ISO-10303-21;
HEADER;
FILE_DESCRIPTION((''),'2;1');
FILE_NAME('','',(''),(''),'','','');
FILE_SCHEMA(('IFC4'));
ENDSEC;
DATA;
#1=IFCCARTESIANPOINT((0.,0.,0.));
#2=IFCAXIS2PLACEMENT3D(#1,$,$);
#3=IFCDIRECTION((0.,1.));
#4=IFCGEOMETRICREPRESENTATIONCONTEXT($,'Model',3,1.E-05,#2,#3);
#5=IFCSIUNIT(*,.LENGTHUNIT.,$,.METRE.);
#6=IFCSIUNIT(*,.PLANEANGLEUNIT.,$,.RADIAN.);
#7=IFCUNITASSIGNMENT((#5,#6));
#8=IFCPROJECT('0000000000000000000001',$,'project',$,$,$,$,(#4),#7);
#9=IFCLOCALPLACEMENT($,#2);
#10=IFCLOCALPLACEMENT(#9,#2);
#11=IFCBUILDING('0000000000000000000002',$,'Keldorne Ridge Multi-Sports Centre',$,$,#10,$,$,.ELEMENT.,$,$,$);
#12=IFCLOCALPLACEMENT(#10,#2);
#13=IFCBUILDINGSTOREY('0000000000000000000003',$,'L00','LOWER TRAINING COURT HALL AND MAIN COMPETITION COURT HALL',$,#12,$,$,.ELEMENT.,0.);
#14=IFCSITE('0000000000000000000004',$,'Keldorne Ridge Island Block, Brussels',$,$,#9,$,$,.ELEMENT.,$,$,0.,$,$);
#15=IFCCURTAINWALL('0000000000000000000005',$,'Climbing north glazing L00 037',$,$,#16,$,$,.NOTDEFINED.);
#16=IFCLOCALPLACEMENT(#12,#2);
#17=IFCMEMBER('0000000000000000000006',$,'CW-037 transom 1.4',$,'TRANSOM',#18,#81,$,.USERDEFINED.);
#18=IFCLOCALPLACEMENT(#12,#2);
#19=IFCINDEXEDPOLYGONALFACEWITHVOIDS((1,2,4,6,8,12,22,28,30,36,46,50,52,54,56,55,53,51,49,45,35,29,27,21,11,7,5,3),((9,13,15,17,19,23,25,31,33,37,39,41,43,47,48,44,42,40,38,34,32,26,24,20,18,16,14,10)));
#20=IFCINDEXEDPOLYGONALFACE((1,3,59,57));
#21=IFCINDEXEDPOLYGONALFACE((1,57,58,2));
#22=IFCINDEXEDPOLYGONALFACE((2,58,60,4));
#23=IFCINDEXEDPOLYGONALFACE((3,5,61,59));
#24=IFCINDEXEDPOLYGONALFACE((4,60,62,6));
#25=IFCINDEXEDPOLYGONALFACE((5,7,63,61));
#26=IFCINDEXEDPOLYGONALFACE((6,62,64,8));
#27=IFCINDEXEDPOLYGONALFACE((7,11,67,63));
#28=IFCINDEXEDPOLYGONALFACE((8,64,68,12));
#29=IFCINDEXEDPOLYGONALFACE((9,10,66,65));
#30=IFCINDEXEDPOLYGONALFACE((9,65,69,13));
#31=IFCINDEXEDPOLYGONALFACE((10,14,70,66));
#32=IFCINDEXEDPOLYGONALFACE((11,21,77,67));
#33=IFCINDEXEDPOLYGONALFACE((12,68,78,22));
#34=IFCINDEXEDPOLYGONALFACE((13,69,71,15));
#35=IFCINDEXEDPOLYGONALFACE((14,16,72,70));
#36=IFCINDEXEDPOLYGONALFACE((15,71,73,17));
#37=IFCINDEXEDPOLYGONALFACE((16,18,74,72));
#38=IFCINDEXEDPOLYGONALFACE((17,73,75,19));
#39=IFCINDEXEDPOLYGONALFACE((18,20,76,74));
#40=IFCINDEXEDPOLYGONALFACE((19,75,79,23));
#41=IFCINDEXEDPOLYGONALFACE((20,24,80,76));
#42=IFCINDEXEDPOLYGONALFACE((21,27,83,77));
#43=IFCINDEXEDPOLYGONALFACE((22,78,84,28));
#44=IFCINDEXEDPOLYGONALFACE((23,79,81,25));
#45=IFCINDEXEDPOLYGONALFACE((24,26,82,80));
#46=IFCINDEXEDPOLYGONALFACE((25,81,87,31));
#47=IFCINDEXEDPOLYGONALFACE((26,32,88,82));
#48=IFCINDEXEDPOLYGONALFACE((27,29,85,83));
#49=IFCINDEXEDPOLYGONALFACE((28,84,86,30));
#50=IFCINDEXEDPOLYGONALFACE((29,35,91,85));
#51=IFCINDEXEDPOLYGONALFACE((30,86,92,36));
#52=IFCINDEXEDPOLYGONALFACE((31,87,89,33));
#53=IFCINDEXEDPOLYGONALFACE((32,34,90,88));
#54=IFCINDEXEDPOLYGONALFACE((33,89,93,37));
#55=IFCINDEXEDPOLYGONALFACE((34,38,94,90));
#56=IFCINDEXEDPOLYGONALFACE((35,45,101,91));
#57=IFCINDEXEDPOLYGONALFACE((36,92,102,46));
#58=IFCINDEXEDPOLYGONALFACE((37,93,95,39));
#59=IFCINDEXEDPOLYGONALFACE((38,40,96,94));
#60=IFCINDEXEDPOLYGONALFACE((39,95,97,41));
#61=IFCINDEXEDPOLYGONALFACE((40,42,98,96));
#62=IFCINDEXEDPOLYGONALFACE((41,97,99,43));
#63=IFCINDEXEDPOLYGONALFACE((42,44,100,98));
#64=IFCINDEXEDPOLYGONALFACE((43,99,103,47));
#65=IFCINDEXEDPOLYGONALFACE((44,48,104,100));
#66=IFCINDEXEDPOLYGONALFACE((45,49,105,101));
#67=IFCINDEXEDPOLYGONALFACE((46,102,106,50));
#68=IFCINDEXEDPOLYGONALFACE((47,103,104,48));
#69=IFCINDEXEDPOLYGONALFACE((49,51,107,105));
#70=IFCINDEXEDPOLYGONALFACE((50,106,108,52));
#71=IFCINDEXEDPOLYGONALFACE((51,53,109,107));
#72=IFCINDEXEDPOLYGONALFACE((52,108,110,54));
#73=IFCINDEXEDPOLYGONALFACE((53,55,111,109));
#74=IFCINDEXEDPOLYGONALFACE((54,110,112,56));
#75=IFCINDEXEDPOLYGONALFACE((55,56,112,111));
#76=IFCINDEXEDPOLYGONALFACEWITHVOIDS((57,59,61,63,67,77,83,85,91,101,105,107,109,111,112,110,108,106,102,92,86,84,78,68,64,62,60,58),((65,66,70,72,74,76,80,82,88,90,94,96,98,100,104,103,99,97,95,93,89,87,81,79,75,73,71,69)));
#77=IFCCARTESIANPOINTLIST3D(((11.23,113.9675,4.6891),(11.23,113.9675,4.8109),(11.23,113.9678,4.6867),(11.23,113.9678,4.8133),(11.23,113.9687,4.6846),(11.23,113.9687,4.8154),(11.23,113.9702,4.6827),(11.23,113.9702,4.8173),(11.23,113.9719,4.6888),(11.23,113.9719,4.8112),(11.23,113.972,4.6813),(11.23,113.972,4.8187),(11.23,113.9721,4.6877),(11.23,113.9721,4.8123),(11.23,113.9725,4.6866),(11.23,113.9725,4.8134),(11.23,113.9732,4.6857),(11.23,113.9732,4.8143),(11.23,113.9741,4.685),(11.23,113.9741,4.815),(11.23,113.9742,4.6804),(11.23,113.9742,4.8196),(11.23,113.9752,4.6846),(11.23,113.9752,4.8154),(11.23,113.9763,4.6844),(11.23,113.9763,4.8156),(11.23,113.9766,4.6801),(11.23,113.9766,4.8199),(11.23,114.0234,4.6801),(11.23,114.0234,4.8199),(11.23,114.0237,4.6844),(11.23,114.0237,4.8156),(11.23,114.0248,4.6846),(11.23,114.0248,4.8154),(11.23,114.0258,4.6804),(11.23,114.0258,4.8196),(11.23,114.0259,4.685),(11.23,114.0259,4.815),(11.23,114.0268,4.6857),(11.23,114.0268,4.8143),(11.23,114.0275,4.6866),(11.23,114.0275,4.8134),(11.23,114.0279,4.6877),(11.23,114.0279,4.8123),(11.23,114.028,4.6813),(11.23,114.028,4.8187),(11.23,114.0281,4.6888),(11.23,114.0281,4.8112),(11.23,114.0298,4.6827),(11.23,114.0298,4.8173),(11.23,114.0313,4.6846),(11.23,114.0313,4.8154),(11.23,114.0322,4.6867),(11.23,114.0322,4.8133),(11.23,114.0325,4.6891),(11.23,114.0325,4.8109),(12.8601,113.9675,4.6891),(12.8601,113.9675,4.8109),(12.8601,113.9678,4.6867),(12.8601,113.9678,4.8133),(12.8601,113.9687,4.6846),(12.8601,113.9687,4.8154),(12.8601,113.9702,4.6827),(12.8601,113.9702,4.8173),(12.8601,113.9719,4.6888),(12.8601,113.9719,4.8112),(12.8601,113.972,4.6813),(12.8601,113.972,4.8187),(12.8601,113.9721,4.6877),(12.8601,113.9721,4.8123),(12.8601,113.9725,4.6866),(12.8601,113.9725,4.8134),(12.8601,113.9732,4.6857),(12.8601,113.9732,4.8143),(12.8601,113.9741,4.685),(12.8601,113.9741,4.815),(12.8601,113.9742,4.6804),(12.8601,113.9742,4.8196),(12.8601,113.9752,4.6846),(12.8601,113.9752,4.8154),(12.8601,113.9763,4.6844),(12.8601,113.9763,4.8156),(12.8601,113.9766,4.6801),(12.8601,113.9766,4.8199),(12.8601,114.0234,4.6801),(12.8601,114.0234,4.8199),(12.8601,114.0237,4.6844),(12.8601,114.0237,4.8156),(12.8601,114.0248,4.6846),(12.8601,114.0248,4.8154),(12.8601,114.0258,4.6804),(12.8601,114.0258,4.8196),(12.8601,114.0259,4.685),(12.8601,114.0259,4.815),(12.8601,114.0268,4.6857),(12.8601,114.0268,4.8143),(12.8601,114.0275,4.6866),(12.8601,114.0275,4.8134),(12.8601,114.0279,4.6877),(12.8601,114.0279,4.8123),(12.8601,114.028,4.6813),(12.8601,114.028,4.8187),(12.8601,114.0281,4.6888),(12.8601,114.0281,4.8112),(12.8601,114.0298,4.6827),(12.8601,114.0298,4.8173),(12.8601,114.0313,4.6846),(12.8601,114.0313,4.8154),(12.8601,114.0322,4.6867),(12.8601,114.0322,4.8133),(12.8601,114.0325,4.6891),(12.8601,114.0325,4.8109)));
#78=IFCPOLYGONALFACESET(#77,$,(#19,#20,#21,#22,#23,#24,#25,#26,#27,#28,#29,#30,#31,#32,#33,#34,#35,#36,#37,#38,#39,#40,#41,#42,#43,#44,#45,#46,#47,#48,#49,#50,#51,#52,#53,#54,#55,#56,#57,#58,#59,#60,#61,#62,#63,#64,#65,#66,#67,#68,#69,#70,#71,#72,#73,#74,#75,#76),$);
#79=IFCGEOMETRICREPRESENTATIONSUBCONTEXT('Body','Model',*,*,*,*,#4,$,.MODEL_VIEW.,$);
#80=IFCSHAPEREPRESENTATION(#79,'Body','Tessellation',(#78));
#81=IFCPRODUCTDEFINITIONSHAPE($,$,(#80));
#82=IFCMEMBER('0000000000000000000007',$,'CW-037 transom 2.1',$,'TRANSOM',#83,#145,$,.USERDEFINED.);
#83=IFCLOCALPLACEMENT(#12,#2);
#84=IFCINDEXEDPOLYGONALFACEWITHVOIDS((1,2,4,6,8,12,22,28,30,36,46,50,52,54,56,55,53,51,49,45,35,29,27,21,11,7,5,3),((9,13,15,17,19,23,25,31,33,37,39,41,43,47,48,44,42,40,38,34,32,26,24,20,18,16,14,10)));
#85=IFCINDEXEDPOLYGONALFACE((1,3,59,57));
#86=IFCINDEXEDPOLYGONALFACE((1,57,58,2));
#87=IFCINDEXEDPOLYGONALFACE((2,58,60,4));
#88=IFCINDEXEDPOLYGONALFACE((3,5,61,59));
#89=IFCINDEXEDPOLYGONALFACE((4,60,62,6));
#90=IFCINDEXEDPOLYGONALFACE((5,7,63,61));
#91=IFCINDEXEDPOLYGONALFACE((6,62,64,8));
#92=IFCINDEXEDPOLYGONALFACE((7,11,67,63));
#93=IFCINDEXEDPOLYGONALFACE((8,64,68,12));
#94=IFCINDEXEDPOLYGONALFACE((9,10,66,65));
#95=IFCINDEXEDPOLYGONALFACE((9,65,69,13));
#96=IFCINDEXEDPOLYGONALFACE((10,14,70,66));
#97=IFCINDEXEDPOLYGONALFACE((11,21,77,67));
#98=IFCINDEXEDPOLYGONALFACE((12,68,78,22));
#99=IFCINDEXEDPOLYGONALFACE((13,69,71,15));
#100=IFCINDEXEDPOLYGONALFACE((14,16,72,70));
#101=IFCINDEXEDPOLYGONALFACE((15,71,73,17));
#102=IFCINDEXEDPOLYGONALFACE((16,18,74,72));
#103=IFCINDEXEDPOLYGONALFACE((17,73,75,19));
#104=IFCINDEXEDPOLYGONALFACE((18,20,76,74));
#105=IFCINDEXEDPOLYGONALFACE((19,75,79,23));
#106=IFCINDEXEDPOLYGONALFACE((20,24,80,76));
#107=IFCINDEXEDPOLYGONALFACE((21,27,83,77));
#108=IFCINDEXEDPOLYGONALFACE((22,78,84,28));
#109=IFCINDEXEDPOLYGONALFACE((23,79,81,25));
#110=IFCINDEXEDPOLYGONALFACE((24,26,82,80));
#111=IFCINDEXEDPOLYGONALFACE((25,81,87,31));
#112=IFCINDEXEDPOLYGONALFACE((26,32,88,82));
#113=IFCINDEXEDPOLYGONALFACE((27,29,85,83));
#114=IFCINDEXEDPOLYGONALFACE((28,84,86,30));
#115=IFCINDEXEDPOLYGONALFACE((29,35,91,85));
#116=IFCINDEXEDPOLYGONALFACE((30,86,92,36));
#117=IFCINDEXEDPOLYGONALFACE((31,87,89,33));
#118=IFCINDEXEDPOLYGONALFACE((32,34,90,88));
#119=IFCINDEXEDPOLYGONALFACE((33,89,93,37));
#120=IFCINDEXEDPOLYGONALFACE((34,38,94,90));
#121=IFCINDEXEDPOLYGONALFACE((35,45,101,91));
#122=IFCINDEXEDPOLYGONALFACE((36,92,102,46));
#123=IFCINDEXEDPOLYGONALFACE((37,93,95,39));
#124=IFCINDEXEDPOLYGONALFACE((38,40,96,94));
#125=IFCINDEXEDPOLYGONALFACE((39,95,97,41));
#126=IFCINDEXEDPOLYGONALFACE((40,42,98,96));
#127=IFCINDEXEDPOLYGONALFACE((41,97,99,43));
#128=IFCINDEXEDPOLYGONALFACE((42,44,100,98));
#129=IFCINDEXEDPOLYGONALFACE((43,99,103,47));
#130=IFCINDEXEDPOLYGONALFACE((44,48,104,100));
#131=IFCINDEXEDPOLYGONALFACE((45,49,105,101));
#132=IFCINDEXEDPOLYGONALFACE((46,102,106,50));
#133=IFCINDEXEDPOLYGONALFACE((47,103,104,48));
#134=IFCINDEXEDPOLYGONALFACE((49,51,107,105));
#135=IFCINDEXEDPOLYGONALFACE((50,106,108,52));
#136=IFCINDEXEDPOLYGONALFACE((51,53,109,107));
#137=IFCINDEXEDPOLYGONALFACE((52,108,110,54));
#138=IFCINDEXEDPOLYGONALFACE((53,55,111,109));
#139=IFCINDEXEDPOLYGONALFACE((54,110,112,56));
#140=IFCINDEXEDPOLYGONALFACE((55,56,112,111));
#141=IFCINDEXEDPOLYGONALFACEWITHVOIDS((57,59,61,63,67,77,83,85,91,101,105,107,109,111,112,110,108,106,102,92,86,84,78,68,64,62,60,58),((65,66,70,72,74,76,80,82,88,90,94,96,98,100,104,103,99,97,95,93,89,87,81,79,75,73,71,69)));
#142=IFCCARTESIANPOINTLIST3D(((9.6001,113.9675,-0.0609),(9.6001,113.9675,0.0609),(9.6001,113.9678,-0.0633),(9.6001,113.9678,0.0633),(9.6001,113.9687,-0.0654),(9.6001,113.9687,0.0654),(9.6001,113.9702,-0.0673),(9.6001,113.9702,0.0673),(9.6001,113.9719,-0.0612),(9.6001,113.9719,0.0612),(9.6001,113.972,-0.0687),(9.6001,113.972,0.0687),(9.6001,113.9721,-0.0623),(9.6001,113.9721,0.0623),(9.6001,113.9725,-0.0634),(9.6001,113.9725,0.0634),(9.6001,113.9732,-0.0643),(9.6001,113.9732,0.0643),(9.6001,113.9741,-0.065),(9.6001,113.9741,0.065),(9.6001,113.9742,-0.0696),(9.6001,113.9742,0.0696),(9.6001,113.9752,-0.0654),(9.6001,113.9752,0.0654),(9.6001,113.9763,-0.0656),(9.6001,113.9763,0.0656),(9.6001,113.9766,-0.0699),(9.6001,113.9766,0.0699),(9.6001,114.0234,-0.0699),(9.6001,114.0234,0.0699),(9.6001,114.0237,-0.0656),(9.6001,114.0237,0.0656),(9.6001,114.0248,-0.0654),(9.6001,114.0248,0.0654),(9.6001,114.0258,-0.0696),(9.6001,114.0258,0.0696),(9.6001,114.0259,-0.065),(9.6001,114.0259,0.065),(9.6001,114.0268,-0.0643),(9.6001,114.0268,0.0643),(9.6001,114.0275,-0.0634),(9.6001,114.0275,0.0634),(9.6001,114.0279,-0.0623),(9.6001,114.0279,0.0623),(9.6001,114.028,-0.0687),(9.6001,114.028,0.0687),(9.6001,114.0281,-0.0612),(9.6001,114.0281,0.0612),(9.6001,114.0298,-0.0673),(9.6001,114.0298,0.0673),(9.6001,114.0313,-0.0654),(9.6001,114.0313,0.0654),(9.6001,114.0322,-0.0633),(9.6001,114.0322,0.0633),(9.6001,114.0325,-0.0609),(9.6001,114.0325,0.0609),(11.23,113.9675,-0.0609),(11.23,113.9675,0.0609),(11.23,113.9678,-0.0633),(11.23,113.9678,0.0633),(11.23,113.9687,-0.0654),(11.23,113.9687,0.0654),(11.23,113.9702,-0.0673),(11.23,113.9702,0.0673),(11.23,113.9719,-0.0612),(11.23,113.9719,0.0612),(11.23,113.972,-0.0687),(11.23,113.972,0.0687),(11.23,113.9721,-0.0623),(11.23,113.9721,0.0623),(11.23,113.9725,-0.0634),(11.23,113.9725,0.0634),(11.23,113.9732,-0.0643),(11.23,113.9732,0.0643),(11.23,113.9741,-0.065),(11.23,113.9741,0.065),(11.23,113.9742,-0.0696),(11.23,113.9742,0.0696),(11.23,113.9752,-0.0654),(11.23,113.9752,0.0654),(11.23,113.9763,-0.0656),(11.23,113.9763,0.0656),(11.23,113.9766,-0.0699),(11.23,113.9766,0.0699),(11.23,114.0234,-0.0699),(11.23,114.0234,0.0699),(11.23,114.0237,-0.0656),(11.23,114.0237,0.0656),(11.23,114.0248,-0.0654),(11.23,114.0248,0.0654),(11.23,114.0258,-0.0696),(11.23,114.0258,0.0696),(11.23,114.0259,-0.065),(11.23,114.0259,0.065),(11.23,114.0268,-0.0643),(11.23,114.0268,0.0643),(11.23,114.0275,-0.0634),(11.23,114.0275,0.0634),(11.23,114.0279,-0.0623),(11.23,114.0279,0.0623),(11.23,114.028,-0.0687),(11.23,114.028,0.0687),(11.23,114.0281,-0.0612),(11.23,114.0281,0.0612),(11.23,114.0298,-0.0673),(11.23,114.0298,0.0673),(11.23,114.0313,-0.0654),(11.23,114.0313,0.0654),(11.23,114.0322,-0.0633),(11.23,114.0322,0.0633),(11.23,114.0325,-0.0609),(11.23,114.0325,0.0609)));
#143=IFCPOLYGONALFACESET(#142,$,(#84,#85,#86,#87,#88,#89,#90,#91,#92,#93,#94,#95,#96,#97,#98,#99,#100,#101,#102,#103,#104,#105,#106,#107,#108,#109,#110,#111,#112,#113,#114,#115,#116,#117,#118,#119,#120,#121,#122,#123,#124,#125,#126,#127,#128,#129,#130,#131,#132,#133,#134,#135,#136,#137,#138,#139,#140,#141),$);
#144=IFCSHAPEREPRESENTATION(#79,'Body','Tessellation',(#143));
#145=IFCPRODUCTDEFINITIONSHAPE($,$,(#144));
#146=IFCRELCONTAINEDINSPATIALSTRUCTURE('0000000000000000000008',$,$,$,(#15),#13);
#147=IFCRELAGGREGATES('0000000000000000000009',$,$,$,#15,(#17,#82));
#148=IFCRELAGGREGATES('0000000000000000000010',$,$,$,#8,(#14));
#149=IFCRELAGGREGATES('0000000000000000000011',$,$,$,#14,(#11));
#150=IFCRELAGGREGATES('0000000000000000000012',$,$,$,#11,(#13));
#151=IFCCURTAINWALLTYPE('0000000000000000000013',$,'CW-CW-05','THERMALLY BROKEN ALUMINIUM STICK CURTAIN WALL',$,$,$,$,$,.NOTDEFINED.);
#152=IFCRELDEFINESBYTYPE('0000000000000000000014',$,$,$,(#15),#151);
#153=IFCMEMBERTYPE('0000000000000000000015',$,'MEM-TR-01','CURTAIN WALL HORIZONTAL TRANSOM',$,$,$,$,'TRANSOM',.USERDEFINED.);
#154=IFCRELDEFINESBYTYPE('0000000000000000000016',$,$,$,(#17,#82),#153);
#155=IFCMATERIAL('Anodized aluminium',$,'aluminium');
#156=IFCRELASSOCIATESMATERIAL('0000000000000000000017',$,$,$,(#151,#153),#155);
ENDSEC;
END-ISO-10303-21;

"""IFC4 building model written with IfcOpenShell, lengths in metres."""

from ifc_helpers import new_model, si_unit, direction, frame, origin, origin_2d, place, context, subcontext, project, spatial, hollow_rectangle, extrude, material, material_profile, profile_set, type_object, element, aggregate, save


model = new_model("IFC4")

# Units and contexts
model_context = context("Model", 3, precision=1e-05, world=origin(), true_north=direction((0.0, 1.0)))
body_context = subcontext(model_context, "Body", "Model", "MODEL_VIEW")
ifc_project = project(units=[si_unit("LENGTHUNIT", "METRE"), si_unit("PLANEANGLEUNIT", "RADIAN")], contexts=[model_context])

# Site, building, storey
site_placement = place(None, origin())
site = spatial("IfcSite", under=ifc_project, at=site_placement, Name="Keldorne Ridge Island Block, Brussels", CompositionType="ELEMENT", RefElevation=0.0)
building_placement = place(site_placement, origin())
building = spatial("IfcBuilding", under=site, at=building_placement, Name="Keldorne Ridge Multi-Sports Centre", CompositionType="ELEMENT")
storey_placement = place(building_placement, origin())
storey = spatial("IfcBuildingStorey", under=building, at=storey_placement, Name="L00", Description="LOWER TRAINING COURT HALL AND MAIN COMPETITION COURT HALL", CompositionType="ELEMENT", Elevation=0.0)

# Curtain wall, members
ifc_material_1 = material(Name="Anodized aluminium", Category="aluminium")
curtain_wall_type = type_object("IfcCurtainWallType", Name="CW-CW-05", Description="THERMALLY BROKEN ALUMINIUM STICK CURTAIN WALL", PredefinedType="NOTDEFINED", material=ifc_material_1)
curtain_wall_placement = place(storey_placement, origin())
curtain_wall = element("IfcCurtainWall", 1, at=curtain_wall_placement, inside=storey, type_object=curtain_wall_type, Name="Climbing north glazing L00 037", PredefinedType="NOTDEFINED")
ifc_material_profile_1 = material_profile(ifc_material_1, hollow_rectangle(XDim=0.0649, YDim=0.1399, WallThickness=0.0044, InnerFilletRadius=0.0044, OuterFilletRadius=0.009, at=origin_2d()), Name="ALU TRANSOM 140x65x4.5")
ifc_profile_set_1 = profile_set([ifc_material_profile_1], Name="Anodized aluminium")
member_type_1 = type_object("IfcMemberType", Name="MEM-TR-01", Description="CURTAIN WALL HORIZONTAL TRANSOM", ElementType="TRANSOM", PredefinedType="USERDEFINED", material=ifc_profile_set_1)
member_1_placement = place(storey_placement, frame((12.8601, 114.0, 4.75), z_axis=(-1.0, 0.0, 0.0), x_axis=(0.0, -1.0, 0.0)))
member_1 = element("IfcMember", 2, at=member_1_placement, type_object=member_type_1, Name="CW-037 transom 1.4", ObjectType="TRANSOM", PredefinedType="USERDEFINED", context=body_context, shape_type="SweptSolid", body=[
    extrude(hollow_rectangle(XDim=0.0649, YDim=0.1399, WallThickness=0.0044, InnerFilletRadius=0.0044, OuterFilletRadius=0.009, at=origin_2d()), origin(), (0.0, 0.0, 1.0), 1.6301),
])
member_2_placement = place(storey_placement, frame((11.23, 114.0, 0.0), z_axis=(-1.0, 0.0, 0.0), x_axis=(0.0, -1.0, 0.0)))
member_2 = element("IfcMember", 3, at=member_2_placement, type_object=member_type_1, Name="CW-037 transom 2.1", ObjectType="TRANSOM", PredefinedType="USERDEFINED", context=body_context, shape_type="SweptSolid", body=[
    extrude(hollow_rectangle(XDim=0.0649, YDim=0.1399, WallThickness=0.0044, InnerFilletRadius=0.0044, OuterFilletRadius=0.009, at=origin_2d()), origin(), (0.0, 0.0, 1.0), 1.6299),
])
aggregate(curtain_wall, [member_1, member_2])

save(model, "model.ifc")
